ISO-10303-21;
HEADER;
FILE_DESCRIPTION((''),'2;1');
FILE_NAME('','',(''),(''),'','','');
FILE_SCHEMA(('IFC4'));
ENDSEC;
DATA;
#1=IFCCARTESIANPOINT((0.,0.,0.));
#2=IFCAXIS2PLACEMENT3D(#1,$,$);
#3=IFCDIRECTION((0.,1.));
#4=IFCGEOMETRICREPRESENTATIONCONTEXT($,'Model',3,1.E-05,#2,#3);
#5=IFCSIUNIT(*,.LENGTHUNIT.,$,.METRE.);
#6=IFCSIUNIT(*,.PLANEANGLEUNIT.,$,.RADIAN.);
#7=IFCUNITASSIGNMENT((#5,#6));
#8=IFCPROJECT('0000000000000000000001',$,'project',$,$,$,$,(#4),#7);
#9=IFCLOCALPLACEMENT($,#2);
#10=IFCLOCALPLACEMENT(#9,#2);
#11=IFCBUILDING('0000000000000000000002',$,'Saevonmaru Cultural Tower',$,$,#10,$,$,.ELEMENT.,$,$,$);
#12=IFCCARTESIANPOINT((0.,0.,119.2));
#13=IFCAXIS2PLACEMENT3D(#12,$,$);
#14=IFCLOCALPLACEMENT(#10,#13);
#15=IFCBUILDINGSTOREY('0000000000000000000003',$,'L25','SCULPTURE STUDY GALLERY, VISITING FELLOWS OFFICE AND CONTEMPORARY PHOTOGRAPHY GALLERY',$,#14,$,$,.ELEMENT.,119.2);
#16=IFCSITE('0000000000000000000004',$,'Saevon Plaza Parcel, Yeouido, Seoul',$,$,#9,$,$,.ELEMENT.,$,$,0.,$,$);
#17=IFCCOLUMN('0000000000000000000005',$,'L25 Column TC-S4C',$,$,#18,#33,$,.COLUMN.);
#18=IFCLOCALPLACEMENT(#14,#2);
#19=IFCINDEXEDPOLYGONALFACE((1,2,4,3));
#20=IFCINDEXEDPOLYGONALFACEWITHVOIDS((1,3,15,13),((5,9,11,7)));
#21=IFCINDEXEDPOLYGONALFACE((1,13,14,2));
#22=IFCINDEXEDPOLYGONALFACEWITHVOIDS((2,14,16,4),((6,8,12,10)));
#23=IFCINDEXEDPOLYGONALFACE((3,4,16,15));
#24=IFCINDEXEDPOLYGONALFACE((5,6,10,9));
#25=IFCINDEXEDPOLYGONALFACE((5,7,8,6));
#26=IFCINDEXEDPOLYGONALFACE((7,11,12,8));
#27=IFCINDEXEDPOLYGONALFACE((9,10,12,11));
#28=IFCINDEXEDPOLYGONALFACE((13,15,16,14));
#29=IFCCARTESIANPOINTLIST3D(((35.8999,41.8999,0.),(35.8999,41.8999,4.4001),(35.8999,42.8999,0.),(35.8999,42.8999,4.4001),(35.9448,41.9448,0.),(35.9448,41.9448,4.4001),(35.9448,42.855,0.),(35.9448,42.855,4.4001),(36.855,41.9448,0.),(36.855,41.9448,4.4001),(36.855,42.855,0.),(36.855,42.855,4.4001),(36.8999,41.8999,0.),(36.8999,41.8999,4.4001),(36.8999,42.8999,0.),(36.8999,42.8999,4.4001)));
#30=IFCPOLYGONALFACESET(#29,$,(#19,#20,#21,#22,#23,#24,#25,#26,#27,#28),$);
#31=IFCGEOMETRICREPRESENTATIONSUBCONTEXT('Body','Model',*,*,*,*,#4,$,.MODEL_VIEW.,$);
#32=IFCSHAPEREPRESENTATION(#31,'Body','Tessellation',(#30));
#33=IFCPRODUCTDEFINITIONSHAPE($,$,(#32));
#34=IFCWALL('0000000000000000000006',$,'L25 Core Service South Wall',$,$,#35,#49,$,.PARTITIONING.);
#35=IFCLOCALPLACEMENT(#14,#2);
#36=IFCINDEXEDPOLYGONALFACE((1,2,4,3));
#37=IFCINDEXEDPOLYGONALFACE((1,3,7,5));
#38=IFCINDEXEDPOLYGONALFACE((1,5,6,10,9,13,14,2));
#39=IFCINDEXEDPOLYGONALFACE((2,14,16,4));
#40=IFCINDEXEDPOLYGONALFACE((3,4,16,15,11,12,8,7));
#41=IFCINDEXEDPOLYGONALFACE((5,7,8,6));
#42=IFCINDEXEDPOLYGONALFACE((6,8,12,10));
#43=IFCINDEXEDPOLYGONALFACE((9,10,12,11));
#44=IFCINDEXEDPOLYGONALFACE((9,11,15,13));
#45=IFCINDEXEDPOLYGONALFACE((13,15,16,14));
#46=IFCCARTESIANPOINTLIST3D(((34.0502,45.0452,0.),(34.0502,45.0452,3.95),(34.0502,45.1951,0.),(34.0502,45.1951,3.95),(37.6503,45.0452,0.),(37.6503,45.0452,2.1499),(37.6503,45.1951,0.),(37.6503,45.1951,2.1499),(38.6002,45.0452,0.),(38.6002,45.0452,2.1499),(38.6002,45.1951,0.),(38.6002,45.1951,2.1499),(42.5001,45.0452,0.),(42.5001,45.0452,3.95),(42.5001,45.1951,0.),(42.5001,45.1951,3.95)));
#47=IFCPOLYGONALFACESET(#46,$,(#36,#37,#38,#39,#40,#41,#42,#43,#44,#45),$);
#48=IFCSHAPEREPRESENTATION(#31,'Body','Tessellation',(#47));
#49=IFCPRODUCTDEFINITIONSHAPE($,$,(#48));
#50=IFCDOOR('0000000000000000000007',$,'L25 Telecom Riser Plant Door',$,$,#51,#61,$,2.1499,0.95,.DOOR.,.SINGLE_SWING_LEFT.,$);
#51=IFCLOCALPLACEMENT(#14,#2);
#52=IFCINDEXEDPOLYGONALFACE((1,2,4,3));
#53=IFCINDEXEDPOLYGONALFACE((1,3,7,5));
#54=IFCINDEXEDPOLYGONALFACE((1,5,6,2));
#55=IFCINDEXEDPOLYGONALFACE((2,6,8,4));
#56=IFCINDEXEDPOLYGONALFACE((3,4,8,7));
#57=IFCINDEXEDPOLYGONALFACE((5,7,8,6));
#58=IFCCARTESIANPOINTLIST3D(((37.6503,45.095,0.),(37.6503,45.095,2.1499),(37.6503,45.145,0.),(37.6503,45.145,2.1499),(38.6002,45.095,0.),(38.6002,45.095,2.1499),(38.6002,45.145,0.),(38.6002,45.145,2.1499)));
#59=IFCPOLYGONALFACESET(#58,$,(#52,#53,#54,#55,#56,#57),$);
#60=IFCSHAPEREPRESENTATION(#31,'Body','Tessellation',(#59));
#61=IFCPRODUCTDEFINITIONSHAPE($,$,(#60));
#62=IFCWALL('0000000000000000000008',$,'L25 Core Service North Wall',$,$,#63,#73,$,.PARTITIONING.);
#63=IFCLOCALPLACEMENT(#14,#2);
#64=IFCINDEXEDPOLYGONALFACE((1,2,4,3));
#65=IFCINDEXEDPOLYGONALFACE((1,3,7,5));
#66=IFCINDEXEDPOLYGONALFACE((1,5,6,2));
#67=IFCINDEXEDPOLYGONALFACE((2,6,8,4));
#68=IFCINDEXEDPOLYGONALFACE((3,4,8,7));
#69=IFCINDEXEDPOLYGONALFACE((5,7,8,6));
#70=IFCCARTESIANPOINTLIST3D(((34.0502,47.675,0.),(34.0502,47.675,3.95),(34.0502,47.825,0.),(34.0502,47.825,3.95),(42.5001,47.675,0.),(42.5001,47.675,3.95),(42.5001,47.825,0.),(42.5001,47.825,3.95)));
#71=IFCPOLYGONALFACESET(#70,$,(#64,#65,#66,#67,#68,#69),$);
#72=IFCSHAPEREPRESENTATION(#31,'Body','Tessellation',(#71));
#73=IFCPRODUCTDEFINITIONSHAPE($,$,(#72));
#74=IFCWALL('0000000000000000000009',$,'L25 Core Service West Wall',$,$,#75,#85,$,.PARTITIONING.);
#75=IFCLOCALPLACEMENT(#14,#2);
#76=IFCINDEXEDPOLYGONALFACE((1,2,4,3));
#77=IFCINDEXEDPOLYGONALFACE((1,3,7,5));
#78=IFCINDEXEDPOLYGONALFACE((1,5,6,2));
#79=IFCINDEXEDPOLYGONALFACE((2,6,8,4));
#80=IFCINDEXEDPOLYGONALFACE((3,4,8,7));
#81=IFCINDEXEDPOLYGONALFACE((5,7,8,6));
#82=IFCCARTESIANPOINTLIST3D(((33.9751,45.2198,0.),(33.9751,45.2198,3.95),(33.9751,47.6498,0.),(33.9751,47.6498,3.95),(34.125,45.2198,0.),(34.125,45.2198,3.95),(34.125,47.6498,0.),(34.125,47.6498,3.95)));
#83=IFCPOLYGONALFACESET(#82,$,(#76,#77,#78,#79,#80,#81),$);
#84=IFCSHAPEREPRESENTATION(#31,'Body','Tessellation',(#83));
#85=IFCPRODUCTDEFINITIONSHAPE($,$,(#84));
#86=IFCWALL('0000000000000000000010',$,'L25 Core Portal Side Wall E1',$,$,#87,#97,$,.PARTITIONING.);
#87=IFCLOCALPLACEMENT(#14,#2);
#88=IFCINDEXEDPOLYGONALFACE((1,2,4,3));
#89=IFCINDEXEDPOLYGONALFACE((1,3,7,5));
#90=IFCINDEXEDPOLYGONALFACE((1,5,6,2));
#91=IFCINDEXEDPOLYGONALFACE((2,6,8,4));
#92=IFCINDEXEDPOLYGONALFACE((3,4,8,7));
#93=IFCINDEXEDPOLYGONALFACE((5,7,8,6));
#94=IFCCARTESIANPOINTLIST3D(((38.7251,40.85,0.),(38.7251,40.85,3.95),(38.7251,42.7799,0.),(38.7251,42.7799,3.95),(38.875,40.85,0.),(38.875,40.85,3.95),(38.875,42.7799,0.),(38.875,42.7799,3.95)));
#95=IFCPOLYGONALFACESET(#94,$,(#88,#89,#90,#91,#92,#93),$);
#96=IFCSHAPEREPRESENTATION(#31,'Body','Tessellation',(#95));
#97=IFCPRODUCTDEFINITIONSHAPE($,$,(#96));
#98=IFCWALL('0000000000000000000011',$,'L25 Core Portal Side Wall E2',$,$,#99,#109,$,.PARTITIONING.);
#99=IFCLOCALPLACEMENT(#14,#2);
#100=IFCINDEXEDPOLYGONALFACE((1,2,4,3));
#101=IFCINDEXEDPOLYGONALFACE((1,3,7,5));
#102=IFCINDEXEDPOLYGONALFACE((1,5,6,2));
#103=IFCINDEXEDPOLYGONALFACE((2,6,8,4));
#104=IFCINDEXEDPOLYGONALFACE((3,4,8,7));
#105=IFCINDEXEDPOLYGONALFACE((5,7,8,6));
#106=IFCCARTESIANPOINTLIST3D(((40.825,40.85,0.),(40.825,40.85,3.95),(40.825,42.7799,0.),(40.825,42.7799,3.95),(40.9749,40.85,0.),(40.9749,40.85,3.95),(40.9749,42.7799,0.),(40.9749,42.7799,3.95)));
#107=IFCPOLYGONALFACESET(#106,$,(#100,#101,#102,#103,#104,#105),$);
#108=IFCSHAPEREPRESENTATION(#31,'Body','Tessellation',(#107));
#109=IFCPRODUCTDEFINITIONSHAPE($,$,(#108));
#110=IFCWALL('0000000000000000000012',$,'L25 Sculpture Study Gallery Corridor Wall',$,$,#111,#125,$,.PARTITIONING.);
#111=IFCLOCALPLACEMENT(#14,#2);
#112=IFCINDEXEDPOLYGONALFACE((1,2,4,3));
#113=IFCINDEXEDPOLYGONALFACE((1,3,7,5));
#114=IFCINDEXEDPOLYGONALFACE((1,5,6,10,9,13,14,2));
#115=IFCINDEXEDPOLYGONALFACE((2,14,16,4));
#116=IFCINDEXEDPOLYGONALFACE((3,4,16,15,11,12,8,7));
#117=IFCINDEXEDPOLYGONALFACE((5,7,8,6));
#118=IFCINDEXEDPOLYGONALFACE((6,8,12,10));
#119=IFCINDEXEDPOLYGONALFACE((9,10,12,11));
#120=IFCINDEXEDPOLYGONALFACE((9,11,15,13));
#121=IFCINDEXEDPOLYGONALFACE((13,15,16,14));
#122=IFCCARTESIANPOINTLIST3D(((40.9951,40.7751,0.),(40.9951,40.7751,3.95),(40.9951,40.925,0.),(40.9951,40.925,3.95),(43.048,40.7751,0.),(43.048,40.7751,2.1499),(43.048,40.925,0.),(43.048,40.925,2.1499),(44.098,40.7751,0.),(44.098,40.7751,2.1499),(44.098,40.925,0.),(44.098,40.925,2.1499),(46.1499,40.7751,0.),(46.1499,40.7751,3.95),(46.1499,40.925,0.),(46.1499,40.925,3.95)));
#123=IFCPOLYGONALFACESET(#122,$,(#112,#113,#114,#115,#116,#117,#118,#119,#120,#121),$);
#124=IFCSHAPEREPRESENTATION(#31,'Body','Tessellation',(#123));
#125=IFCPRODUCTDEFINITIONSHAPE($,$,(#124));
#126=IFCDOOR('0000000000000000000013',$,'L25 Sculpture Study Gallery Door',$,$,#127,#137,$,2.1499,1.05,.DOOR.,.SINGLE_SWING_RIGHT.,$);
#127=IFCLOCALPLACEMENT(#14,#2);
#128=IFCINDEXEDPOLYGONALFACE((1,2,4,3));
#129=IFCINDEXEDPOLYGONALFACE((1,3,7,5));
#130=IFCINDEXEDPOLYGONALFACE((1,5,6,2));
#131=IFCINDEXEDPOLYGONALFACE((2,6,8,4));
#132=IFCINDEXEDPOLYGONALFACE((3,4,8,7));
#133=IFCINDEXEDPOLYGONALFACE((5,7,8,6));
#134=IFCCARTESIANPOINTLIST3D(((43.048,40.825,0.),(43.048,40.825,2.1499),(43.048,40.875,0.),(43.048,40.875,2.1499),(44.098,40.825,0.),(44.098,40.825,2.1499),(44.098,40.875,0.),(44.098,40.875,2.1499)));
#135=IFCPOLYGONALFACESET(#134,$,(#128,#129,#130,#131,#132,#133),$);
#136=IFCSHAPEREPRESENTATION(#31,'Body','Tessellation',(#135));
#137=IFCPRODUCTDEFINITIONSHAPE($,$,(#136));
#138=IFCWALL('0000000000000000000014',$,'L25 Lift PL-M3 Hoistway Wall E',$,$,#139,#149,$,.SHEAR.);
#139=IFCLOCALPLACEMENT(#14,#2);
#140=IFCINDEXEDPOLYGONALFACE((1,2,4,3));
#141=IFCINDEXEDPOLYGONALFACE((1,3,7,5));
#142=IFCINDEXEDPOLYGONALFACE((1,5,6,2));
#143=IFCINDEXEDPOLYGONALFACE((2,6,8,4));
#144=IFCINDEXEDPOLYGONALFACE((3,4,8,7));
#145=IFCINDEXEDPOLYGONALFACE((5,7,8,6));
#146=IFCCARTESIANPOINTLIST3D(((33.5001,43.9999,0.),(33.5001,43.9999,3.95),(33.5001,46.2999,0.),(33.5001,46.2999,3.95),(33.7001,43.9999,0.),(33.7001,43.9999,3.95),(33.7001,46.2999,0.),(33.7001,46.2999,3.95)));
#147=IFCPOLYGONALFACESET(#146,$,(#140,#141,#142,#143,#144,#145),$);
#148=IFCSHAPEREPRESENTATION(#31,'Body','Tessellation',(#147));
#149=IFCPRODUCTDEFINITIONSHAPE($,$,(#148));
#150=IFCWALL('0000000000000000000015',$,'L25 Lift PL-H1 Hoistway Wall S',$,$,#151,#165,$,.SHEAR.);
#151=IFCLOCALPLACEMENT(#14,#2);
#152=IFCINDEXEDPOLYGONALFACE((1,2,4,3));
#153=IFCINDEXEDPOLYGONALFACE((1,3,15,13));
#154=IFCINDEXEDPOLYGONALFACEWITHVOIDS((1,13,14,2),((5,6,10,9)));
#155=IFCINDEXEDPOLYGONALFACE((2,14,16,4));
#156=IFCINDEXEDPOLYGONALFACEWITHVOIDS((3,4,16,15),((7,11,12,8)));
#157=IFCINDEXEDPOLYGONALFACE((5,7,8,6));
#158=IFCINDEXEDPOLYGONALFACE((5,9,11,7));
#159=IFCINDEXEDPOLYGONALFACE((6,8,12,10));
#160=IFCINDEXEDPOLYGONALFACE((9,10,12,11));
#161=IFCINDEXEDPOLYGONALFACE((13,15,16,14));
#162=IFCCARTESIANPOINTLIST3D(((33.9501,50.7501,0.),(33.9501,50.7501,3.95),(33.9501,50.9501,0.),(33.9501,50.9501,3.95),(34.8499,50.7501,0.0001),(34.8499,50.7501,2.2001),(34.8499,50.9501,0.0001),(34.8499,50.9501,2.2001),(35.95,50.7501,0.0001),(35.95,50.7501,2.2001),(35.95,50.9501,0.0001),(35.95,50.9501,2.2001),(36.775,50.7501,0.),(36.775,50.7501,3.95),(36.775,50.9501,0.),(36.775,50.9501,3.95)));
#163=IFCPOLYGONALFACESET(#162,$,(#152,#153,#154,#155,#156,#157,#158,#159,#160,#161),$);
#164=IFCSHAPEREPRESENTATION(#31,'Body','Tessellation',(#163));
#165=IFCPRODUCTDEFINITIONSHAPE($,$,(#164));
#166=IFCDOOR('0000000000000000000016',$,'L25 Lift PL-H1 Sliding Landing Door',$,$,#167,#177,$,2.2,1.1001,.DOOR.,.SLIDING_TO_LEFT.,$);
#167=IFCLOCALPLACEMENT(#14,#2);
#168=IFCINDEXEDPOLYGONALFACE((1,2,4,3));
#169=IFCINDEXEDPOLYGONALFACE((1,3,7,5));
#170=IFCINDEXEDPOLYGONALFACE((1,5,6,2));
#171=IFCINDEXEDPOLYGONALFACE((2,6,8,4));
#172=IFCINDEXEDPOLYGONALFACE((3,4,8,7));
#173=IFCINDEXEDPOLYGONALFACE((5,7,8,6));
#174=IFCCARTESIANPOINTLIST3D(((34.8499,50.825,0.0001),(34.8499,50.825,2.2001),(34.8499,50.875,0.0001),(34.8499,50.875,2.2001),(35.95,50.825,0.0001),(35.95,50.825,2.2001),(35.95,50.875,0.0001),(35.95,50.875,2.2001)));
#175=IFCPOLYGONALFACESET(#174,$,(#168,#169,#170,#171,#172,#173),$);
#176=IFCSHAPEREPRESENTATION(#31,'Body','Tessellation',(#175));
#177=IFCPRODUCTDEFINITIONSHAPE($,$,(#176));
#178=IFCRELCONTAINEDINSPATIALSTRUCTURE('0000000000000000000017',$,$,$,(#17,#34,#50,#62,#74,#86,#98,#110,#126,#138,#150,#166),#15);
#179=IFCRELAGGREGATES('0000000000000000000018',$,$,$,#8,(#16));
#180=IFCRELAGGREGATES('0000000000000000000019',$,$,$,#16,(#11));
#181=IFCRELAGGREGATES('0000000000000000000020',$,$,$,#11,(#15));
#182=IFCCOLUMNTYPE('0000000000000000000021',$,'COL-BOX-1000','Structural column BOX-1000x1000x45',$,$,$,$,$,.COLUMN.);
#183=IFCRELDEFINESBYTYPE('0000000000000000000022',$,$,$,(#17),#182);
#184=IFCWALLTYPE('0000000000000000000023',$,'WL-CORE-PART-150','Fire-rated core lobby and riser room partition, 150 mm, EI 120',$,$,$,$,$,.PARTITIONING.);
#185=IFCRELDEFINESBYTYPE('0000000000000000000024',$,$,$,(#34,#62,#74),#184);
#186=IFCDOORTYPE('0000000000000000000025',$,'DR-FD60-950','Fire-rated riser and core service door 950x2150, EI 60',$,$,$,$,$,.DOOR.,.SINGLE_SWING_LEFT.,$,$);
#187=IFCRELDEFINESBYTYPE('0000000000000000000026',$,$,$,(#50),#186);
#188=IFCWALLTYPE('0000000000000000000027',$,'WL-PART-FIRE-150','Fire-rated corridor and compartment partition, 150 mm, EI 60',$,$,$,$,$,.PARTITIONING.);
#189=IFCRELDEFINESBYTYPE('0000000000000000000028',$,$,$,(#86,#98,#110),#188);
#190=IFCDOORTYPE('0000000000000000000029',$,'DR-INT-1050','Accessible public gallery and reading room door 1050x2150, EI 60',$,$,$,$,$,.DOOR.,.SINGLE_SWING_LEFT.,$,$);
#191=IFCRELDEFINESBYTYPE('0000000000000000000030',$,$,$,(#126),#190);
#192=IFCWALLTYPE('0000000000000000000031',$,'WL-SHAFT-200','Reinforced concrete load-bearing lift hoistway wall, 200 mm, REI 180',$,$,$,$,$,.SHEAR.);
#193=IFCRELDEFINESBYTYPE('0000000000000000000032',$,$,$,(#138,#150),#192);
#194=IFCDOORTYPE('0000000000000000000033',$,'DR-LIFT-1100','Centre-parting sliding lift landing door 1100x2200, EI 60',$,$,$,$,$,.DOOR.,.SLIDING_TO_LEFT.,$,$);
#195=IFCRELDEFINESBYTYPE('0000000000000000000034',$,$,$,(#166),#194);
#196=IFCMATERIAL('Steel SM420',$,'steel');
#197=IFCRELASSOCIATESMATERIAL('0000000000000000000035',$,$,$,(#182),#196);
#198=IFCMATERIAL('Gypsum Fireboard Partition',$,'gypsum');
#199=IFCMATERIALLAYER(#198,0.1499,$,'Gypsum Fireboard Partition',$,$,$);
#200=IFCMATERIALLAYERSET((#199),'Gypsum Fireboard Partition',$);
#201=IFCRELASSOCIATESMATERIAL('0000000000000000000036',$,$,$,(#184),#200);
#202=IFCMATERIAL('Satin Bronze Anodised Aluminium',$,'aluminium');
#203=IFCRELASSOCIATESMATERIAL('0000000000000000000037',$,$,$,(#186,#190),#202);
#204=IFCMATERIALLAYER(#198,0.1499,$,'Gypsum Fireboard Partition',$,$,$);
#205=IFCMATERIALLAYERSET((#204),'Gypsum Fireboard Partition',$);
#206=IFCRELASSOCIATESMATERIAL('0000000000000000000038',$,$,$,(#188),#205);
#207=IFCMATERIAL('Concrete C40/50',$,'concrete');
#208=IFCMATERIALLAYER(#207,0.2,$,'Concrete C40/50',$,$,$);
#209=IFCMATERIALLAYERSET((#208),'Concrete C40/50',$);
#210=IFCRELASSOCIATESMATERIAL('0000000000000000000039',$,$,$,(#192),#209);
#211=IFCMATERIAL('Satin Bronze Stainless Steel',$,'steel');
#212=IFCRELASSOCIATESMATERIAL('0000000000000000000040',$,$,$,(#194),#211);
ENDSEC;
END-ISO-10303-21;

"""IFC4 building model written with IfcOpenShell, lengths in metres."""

from ifc_helpers import new_model, si_unit, direction, frame, frame_2d, origin, origin_2d, place, context, subcontext, project, spatial, rectangle, hollow_rectangle, extrude, material, layer, layer_set, material_profile, profile_set, type_object, element, fill, save


model = new_model("IFC4")

# Units and contexts
model_context = context("Model", 3, precision=1e-05, world=origin(), true_north=direction((0.0, 1.0)))
body_context = subcontext(model_context, "Body", "Model", "MODEL_VIEW")
ifc_project = project(units=[si_unit("LENGTHUNIT", "METRE"), si_unit("PLANEANGLEUNIT", "RADIAN")], contexts=[model_context])

# Site, building, storey
site_placement = place(None, origin())
site = spatial("IfcSite", under=ifc_project, at=site_placement, Name="Saevon Plaza Parcel, Yeouido, Seoul", CompositionType="ELEMENT", RefElevation=0.0)
building_placement = place(site_placement, origin())
building = spatial("IfcBuilding", under=site, at=building_placement, Name="Saevonmaru Cultural Tower", CompositionType="ELEMENT")
storey_placement = place(building_placement, frame((0.0, 0.0, 119.2)))
storey = spatial("IfcBuildingStorey", under=building, at=storey_placement, Name="L25", Description="SCULPTURE STUDY GALLERY, VISITING FELLOWS OFFICE AND CONTEMPORARY PHOTOGRAPHY GALLERY", CompositionType="ELEMENT", Elevation=119.2)

# Column
ifc_material_1 = material(Name="Steel SM420", Category="steel")
ifc_material_profile = material_profile(ifc_material_1, hollow_rectangle(XDim=1.0, YDim=1.0, WallThickness=0.0449, at=origin_2d()), Name="BOX-1000x1000x45")
ifc_profile_set = profile_set([ifc_material_profile], Name="Steel SM420")
column_type = type_object("IfcColumnType", Name="COL-BOX-1000", Description="Structural column BOX-1000x1000x45", PredefinedType="COLUMN", material=ifc_profile_set)
column_placement = place(storey_placement, frame((36.3999, 42.3999, 0.0), z_axis=(0.0, 0.0, 1.0), x_axis=(1.0, 0.0, 0.0)))
element("IfcColumn", 1, at=column_placement, inside=storey, type_object=column_type, Name="L25 Column TC-S4C", PredefinedType="COLUMN", context=body_context, shape_type="SweptSolid", body=[
    extrude(hollow_rectangle(XDim=1.0, YDim=1.0, WallThickness=0.0449, at=origin_2d()), origin(), (0.0, 0.0, 1.0), 4.4001),
])

# Wall, opening, door
ifc_material_2 = material(Name="Gypsum Fireboard Partition", Category="gypsum")
ifc_layer_1 = layer(ifc_material_2, 0.1499, Name="Gypsum Fireboard Partition")
ifc_layer_set_1 = layer_set([ifc_layer_1], Name="Gypsum Fireboard Partition")
wall_type_1 = type_object("IfcWallType", Name="WL-CORE-PART-150", Description="Fire-rated core lobby and riser room partition, 150 mm, EI 120", PredefinedType="PARTITIONING", material=ifc_layer_set_1)
wall_1_placement = place(storey_placement, frame((34.05, 45.1201, 0.0), z_axis=(0.0, 0.0, 1.0), x_axis=(1.0, 0.0, 0.0)))
wall_1 = element("IfcWall", 2, at=wall_1_placement, inside=storey, type_object=wall_type_1, Name="L25 Core Service South Wall", PredefinedType="PARTITIONING", context=body_context, shape_type="SweptSolid", body=[
    extrude(rectangle(XDim=8.45, YDim=0.1499, at=frame_2d((4.2251, 0.0))), origin(), (0.0, 0.0, 1.0), 3.95),
])
opening_1_placement = place(wall_1_placement, frame((3.6001, 0.0, 0.0)))
opening_1 = element("IfcOpeningElement", 3, at=opening_1_placement, cuts=wall_1, PredefinedType="OPENING", context=body_context, shape_type="SweptSolid", body=[
    extrude(rectangle(XDim=0.95, YDim=2.1499, at=frame_2d((0.4751, 1.075))), frame((0.0, 0.085, 0.0), z_axis=(0.0, -1.0, 0.0), x_axis=(1.0, 0.0, 0.0)), (0.0, 0.0, 1.0), 0.1699),
])
ifc_material_3 = material(Name="Satin Bronze Anodised Aluminium", Category="aluminium")
door_type_1 = type_object("IfcDoorType", Name="DR-FD60-950", Description="Fire-rated riser and core service door 950x2150, EI 60", OperationType="SINGLE_SWING_LEFT", PredefinedType="DOOR", material=ifc_material_3)
door_1_placement = place(opening_1_placement, origin())
door_1 = element("IfcDoor", 4, at=door_1_placement, inside=storey, type_object=door_type_1, Name="L25 Telecom Riser Plant Door", OperationType="SINGLE_SWING_LEFT", OverallHeight=2.1499, OverallWidth=0.95, PredefinedType="DOOR", context=body_context, shape_type="SweptSolid", body=[
    extrude(rectangle(XDim=0.95, YDim=2.1499, at=frame_2d((0.4751, 1.075))), frame((0.0, 0.0249, 0.0), z_axis=(0.0, -1.0, 0.0), x_axis=(1.0, 0.0, 0.0)), (0.0, 0.0, 1.0), 0.05),
])
fill(opening_1, door_1)

# Walls
wall_2_placement = place(storey_placement, frame((34.05, 47.75, 0.0), z_axis=(0.0, 0.0, 1.0), x_axis=(1.0, 0.0, 0.0)))
element("IfcWall", 5, at=wall_2_placement, inside=storey, type_object=wall_type_1, Name="L25 Core Service North Wall", PredefinedType="PARTITIONING", context=body_context, shape_type="SweptSolid", body=[
    extrude(rectangle(XDim=8.45, YDim=0.1499, at=frame_2d((4.2251, 0.0))), origin(), (0.0, 0.0, 1.0), 3.95),
])
wall_3_placement = place(storey_placement, frame((34.05, 45.22, 0.0), z_axis=(0.0, 0.0, 1.0), x_axis=(0.0, 1.0, 0.0)))
element("IfcWall", 6, at=wall_3_placement, inside=storey, type_object=wall_type_1, Name="L25 Core Service West Wall", PredefinedType="PARTITIONING", context=body_context, shape_type="SweptSolid", body=[
    extrude(rectangle(XDim=2.4299, YDim=0.1499, at=frame_2d((1.2148, 0.0))), origin(), (0.0, 0.0, 1.0), 3.95),
])
ifc_layer_2 = layer(ifc_material_2, 0.1499, Name="Gypsum Fireboard Partition")
ifc_layer_set_2 = layer_set([ifc_layer_2], Name="Gypsum Fireboard Partition")
wall_type_2 = type_object("IfcWallType", Name="WL-PART-FIRE-150", Description="Fire-rated corridor and compartment partition, 150 mm, EI 60", PredefinedType="PARTITIONING", material=ifc_layer_set_2)
for number, where, z_axis, x_axis, name in (
    (7, (38.8, 40.8501, 0.0), (0.0, 0.0, 1.0), (0.0, 1.0, 0.0), "L25 Core Portal Side Wall E1"),
    (8, (40.8999, 40.8501, 0.0), (0.0, 0.0, 1.0), (0.0, 1.0, 0.0), "L25 Core Portal Side Wall E2"),
):
    element("IfcWall", number, at=place(storey_placement, frame(where, z_axis=z_axis, x_axis=x_axis)), inside=storey, type_object=wall_type_2, Name=name, PredefinedType="PARTITIONING", context=body_context, shape_type="SweptSolid", body=[
        extrude(rectangle(XDim=1.9299, YDim=0.1499, at=frame_2d((0.9648, 0.0))), origin(), (0.0, 0.0, 1.0), 3.95),
    ])

# Wall, opening, door
wall_4_placement = place(storey_placement, frame((40.9951, 40.8501, 0.0), z_axis=(0.0, 0.0, 1.0), x_axis=(1.0, 0.0, 0.0)))
wall_4 = element("IfcWall", 9, at=wall_4_placement, inside=storey, type_object=wall_type_2, Name="L25 Sculpture Study Gallery Corridor Wall", PredefinedType="PARTITIONING", context=body_context, shape_type="SweptSolid", body=[
    extrude(rectangle(XDim=5.1548, YDim=0.1499, at=frame_2d((2.5774, 0.0))), origin(), (0.0, 0.0, 1.0), 3.95),
])
opening_2_placement = place(wall_4_placement, frame((2.053, 0.0, 0.0)))
opening_2 = element("IfcOpeningElement", 10, at=opening_2_placement, cuts=wall_4, PredefinedType="OPENING", context=body_context, shape_type="SweptSolid", body=[
    extrude(rectangle(XDim=1.05, YDim=2.1499, at=frame_2d((0.5249, 1.075))), frame((0.0, 0.085, 0.0), z_axis=(0.0, -1.0, 0.0), x_axis=(1.0, 0.0, 0.0)), (0.0, 0.0, 1.0), 0.1699),
])
door_type_2 = type_object("IfcDoorType", Name="DR-INT-1050", Description="Accessible public gallery and reading room door 1050x2150, EI 60", OperationType="SINGLE_SWING_LEFT", PredefinedType="DOOR", material=ifc_material_3)
door_2_placement = place(opening_2_placement, origin())
door_2 = element("IfcDoor", 11, at=door_2_placement, inside=storey, type_object=door_type_2, Name="L25 Sculpture Study Gallery Door", OperationType="SINGLE_SWING_RIGHT", OverallHeight=2.1499, OverallWidth=1.05, PredefinedType="DOOR", context=body_context, shape_type="SweptSolid", body=[
    extrude(rectangle(XDim=1.05, YDim=2.1499, at=frame_2d((0.5249, 1.075))), frame((0.0, 0.0249, 0.0), z_axis=(0.0, -1.0, 0.0), x_axis=(1.0, 0.0, 0.0)), (0.0, 0.0, 1.0), 0.05),
])
fill(opening_2, door_2)

# Wall
ifc_material_4 = material(Name="Concrete C40/50", Category="concrete")
ifc_layer_3 = layer(ifc_material_4, 0.2, Name="Concrete C40/50")
ifc_layer_set_3 = layer_set([ifc_layer_3], Name="Concrete C40/50")
wall_type_3 = type_object("IfcWallType", Name="WL-SHAFT-200", Description="Reinforced concrete load-bearing lift hoistway wall, 200 mm, REI 180", PredefinedType="SHEAR", material=ifc_layer_set_3)
wall_5_placement = place(storey_placement, frame((33.6001, 44.0, 0.0), z_axis=(0.0, 0.0, 1.0), x_axis=(0.0, 1.0, 0.0)))
element("IfcWall", 12, at=wall_5_placement, inside=storey, type_object=wall_type_3, Name="L25 Lift PL-M3 Hoistway Wall E", PredefinedType="SHEAR", context=body_context, shape_type="SweptSolid", body=[
    extrude(rectangle(XDim=2.3, YDim=0.2, at=frame_2d((1.1499, 0.0))), origin(), (0.0, 0.0, 1.0), 3.95),
])

# Wall, opening, door
wall_6_placement = place(storey_placement, frame((33.95, 50.8501, 0.0), z_axis=(0.0, 0.0, 1.0), x_axis=(1.0, 0.0, 0.0)))
wall_6 = element("IfcWall", 13, at=wall_6_placement, inside=storey, type_object=wall_type_3, Name="L25 Lift PL-H1 Hoistway Wall S", PredefinedType="SHEAR", context=body_context, shape_type="SweptSolid", body=[
    extrude(rectangle(XDim=2.825, YDim=0.2, at=frame_2d((1.4126, 0.0))), origin(), (0.0, 0.0, 1.0), 3.95),
])
opening_3_placement = place(wall_6_placement, frame((0.8999, 0.0, 0.0)))
opening_3 = element("IfcOpeningElement", 14, at=opening_3_placement, cuts=wall_6, PredefinedType="OPENING", context=body_context, shape_type="SweptSolid", body=[
    extrude(rectangle(XDim=1.1001, YDim=2.2, at=frame_2d((0.55, 1.1001))), frame((0.0, 0.1099, 0.0), z_axis=(0.0, -1.0, 0.0), x_axis=(1.0, 0.0, 0.0)), (0.0, 0.0, 1.0), 0.22),
])
ifc_material_5 = material(Name="Satin Bronze Stainless Steel", Category="steel")
door_type_3 = type_object("IfcDoorType", Name="DR-LIFT-1100", Description="Centre-parting sliding lift landing door 1100x2200, EI 60", OperationType="SLIDING_TO_LEFT", PredefinedType="DOOR", material=ifc_material_5)
door_3_placement = place(opening_3_placement, origin())
door_3 = element("IfcDoor", 15, at=door_3_placement, inside=storey, type_object=door_type_3, Name="L25 Lift PL-H1 Sliding Landing Door", OperationType="SLIDING_TO_LEFT", OverallHeight=2.2, OverallWidth=1.1001, PredefinedType="DOOR", context=body_context, shape_type="SweptSolid", body=[
    extrude(rectangle(XDim=1.1001, YDim=2.2, at=frame_2d((0.55, 1.1001))), frame((0.0, 0.0249, 0.0), z_axis=(0.0, -1.0, 0.0), x_axis=(1.0, 0.0, 0.0)), (0.0, 0.0, 1.0), 0.05),
])
fill(opening_3, door_3)

save(model, "model.ifc")
